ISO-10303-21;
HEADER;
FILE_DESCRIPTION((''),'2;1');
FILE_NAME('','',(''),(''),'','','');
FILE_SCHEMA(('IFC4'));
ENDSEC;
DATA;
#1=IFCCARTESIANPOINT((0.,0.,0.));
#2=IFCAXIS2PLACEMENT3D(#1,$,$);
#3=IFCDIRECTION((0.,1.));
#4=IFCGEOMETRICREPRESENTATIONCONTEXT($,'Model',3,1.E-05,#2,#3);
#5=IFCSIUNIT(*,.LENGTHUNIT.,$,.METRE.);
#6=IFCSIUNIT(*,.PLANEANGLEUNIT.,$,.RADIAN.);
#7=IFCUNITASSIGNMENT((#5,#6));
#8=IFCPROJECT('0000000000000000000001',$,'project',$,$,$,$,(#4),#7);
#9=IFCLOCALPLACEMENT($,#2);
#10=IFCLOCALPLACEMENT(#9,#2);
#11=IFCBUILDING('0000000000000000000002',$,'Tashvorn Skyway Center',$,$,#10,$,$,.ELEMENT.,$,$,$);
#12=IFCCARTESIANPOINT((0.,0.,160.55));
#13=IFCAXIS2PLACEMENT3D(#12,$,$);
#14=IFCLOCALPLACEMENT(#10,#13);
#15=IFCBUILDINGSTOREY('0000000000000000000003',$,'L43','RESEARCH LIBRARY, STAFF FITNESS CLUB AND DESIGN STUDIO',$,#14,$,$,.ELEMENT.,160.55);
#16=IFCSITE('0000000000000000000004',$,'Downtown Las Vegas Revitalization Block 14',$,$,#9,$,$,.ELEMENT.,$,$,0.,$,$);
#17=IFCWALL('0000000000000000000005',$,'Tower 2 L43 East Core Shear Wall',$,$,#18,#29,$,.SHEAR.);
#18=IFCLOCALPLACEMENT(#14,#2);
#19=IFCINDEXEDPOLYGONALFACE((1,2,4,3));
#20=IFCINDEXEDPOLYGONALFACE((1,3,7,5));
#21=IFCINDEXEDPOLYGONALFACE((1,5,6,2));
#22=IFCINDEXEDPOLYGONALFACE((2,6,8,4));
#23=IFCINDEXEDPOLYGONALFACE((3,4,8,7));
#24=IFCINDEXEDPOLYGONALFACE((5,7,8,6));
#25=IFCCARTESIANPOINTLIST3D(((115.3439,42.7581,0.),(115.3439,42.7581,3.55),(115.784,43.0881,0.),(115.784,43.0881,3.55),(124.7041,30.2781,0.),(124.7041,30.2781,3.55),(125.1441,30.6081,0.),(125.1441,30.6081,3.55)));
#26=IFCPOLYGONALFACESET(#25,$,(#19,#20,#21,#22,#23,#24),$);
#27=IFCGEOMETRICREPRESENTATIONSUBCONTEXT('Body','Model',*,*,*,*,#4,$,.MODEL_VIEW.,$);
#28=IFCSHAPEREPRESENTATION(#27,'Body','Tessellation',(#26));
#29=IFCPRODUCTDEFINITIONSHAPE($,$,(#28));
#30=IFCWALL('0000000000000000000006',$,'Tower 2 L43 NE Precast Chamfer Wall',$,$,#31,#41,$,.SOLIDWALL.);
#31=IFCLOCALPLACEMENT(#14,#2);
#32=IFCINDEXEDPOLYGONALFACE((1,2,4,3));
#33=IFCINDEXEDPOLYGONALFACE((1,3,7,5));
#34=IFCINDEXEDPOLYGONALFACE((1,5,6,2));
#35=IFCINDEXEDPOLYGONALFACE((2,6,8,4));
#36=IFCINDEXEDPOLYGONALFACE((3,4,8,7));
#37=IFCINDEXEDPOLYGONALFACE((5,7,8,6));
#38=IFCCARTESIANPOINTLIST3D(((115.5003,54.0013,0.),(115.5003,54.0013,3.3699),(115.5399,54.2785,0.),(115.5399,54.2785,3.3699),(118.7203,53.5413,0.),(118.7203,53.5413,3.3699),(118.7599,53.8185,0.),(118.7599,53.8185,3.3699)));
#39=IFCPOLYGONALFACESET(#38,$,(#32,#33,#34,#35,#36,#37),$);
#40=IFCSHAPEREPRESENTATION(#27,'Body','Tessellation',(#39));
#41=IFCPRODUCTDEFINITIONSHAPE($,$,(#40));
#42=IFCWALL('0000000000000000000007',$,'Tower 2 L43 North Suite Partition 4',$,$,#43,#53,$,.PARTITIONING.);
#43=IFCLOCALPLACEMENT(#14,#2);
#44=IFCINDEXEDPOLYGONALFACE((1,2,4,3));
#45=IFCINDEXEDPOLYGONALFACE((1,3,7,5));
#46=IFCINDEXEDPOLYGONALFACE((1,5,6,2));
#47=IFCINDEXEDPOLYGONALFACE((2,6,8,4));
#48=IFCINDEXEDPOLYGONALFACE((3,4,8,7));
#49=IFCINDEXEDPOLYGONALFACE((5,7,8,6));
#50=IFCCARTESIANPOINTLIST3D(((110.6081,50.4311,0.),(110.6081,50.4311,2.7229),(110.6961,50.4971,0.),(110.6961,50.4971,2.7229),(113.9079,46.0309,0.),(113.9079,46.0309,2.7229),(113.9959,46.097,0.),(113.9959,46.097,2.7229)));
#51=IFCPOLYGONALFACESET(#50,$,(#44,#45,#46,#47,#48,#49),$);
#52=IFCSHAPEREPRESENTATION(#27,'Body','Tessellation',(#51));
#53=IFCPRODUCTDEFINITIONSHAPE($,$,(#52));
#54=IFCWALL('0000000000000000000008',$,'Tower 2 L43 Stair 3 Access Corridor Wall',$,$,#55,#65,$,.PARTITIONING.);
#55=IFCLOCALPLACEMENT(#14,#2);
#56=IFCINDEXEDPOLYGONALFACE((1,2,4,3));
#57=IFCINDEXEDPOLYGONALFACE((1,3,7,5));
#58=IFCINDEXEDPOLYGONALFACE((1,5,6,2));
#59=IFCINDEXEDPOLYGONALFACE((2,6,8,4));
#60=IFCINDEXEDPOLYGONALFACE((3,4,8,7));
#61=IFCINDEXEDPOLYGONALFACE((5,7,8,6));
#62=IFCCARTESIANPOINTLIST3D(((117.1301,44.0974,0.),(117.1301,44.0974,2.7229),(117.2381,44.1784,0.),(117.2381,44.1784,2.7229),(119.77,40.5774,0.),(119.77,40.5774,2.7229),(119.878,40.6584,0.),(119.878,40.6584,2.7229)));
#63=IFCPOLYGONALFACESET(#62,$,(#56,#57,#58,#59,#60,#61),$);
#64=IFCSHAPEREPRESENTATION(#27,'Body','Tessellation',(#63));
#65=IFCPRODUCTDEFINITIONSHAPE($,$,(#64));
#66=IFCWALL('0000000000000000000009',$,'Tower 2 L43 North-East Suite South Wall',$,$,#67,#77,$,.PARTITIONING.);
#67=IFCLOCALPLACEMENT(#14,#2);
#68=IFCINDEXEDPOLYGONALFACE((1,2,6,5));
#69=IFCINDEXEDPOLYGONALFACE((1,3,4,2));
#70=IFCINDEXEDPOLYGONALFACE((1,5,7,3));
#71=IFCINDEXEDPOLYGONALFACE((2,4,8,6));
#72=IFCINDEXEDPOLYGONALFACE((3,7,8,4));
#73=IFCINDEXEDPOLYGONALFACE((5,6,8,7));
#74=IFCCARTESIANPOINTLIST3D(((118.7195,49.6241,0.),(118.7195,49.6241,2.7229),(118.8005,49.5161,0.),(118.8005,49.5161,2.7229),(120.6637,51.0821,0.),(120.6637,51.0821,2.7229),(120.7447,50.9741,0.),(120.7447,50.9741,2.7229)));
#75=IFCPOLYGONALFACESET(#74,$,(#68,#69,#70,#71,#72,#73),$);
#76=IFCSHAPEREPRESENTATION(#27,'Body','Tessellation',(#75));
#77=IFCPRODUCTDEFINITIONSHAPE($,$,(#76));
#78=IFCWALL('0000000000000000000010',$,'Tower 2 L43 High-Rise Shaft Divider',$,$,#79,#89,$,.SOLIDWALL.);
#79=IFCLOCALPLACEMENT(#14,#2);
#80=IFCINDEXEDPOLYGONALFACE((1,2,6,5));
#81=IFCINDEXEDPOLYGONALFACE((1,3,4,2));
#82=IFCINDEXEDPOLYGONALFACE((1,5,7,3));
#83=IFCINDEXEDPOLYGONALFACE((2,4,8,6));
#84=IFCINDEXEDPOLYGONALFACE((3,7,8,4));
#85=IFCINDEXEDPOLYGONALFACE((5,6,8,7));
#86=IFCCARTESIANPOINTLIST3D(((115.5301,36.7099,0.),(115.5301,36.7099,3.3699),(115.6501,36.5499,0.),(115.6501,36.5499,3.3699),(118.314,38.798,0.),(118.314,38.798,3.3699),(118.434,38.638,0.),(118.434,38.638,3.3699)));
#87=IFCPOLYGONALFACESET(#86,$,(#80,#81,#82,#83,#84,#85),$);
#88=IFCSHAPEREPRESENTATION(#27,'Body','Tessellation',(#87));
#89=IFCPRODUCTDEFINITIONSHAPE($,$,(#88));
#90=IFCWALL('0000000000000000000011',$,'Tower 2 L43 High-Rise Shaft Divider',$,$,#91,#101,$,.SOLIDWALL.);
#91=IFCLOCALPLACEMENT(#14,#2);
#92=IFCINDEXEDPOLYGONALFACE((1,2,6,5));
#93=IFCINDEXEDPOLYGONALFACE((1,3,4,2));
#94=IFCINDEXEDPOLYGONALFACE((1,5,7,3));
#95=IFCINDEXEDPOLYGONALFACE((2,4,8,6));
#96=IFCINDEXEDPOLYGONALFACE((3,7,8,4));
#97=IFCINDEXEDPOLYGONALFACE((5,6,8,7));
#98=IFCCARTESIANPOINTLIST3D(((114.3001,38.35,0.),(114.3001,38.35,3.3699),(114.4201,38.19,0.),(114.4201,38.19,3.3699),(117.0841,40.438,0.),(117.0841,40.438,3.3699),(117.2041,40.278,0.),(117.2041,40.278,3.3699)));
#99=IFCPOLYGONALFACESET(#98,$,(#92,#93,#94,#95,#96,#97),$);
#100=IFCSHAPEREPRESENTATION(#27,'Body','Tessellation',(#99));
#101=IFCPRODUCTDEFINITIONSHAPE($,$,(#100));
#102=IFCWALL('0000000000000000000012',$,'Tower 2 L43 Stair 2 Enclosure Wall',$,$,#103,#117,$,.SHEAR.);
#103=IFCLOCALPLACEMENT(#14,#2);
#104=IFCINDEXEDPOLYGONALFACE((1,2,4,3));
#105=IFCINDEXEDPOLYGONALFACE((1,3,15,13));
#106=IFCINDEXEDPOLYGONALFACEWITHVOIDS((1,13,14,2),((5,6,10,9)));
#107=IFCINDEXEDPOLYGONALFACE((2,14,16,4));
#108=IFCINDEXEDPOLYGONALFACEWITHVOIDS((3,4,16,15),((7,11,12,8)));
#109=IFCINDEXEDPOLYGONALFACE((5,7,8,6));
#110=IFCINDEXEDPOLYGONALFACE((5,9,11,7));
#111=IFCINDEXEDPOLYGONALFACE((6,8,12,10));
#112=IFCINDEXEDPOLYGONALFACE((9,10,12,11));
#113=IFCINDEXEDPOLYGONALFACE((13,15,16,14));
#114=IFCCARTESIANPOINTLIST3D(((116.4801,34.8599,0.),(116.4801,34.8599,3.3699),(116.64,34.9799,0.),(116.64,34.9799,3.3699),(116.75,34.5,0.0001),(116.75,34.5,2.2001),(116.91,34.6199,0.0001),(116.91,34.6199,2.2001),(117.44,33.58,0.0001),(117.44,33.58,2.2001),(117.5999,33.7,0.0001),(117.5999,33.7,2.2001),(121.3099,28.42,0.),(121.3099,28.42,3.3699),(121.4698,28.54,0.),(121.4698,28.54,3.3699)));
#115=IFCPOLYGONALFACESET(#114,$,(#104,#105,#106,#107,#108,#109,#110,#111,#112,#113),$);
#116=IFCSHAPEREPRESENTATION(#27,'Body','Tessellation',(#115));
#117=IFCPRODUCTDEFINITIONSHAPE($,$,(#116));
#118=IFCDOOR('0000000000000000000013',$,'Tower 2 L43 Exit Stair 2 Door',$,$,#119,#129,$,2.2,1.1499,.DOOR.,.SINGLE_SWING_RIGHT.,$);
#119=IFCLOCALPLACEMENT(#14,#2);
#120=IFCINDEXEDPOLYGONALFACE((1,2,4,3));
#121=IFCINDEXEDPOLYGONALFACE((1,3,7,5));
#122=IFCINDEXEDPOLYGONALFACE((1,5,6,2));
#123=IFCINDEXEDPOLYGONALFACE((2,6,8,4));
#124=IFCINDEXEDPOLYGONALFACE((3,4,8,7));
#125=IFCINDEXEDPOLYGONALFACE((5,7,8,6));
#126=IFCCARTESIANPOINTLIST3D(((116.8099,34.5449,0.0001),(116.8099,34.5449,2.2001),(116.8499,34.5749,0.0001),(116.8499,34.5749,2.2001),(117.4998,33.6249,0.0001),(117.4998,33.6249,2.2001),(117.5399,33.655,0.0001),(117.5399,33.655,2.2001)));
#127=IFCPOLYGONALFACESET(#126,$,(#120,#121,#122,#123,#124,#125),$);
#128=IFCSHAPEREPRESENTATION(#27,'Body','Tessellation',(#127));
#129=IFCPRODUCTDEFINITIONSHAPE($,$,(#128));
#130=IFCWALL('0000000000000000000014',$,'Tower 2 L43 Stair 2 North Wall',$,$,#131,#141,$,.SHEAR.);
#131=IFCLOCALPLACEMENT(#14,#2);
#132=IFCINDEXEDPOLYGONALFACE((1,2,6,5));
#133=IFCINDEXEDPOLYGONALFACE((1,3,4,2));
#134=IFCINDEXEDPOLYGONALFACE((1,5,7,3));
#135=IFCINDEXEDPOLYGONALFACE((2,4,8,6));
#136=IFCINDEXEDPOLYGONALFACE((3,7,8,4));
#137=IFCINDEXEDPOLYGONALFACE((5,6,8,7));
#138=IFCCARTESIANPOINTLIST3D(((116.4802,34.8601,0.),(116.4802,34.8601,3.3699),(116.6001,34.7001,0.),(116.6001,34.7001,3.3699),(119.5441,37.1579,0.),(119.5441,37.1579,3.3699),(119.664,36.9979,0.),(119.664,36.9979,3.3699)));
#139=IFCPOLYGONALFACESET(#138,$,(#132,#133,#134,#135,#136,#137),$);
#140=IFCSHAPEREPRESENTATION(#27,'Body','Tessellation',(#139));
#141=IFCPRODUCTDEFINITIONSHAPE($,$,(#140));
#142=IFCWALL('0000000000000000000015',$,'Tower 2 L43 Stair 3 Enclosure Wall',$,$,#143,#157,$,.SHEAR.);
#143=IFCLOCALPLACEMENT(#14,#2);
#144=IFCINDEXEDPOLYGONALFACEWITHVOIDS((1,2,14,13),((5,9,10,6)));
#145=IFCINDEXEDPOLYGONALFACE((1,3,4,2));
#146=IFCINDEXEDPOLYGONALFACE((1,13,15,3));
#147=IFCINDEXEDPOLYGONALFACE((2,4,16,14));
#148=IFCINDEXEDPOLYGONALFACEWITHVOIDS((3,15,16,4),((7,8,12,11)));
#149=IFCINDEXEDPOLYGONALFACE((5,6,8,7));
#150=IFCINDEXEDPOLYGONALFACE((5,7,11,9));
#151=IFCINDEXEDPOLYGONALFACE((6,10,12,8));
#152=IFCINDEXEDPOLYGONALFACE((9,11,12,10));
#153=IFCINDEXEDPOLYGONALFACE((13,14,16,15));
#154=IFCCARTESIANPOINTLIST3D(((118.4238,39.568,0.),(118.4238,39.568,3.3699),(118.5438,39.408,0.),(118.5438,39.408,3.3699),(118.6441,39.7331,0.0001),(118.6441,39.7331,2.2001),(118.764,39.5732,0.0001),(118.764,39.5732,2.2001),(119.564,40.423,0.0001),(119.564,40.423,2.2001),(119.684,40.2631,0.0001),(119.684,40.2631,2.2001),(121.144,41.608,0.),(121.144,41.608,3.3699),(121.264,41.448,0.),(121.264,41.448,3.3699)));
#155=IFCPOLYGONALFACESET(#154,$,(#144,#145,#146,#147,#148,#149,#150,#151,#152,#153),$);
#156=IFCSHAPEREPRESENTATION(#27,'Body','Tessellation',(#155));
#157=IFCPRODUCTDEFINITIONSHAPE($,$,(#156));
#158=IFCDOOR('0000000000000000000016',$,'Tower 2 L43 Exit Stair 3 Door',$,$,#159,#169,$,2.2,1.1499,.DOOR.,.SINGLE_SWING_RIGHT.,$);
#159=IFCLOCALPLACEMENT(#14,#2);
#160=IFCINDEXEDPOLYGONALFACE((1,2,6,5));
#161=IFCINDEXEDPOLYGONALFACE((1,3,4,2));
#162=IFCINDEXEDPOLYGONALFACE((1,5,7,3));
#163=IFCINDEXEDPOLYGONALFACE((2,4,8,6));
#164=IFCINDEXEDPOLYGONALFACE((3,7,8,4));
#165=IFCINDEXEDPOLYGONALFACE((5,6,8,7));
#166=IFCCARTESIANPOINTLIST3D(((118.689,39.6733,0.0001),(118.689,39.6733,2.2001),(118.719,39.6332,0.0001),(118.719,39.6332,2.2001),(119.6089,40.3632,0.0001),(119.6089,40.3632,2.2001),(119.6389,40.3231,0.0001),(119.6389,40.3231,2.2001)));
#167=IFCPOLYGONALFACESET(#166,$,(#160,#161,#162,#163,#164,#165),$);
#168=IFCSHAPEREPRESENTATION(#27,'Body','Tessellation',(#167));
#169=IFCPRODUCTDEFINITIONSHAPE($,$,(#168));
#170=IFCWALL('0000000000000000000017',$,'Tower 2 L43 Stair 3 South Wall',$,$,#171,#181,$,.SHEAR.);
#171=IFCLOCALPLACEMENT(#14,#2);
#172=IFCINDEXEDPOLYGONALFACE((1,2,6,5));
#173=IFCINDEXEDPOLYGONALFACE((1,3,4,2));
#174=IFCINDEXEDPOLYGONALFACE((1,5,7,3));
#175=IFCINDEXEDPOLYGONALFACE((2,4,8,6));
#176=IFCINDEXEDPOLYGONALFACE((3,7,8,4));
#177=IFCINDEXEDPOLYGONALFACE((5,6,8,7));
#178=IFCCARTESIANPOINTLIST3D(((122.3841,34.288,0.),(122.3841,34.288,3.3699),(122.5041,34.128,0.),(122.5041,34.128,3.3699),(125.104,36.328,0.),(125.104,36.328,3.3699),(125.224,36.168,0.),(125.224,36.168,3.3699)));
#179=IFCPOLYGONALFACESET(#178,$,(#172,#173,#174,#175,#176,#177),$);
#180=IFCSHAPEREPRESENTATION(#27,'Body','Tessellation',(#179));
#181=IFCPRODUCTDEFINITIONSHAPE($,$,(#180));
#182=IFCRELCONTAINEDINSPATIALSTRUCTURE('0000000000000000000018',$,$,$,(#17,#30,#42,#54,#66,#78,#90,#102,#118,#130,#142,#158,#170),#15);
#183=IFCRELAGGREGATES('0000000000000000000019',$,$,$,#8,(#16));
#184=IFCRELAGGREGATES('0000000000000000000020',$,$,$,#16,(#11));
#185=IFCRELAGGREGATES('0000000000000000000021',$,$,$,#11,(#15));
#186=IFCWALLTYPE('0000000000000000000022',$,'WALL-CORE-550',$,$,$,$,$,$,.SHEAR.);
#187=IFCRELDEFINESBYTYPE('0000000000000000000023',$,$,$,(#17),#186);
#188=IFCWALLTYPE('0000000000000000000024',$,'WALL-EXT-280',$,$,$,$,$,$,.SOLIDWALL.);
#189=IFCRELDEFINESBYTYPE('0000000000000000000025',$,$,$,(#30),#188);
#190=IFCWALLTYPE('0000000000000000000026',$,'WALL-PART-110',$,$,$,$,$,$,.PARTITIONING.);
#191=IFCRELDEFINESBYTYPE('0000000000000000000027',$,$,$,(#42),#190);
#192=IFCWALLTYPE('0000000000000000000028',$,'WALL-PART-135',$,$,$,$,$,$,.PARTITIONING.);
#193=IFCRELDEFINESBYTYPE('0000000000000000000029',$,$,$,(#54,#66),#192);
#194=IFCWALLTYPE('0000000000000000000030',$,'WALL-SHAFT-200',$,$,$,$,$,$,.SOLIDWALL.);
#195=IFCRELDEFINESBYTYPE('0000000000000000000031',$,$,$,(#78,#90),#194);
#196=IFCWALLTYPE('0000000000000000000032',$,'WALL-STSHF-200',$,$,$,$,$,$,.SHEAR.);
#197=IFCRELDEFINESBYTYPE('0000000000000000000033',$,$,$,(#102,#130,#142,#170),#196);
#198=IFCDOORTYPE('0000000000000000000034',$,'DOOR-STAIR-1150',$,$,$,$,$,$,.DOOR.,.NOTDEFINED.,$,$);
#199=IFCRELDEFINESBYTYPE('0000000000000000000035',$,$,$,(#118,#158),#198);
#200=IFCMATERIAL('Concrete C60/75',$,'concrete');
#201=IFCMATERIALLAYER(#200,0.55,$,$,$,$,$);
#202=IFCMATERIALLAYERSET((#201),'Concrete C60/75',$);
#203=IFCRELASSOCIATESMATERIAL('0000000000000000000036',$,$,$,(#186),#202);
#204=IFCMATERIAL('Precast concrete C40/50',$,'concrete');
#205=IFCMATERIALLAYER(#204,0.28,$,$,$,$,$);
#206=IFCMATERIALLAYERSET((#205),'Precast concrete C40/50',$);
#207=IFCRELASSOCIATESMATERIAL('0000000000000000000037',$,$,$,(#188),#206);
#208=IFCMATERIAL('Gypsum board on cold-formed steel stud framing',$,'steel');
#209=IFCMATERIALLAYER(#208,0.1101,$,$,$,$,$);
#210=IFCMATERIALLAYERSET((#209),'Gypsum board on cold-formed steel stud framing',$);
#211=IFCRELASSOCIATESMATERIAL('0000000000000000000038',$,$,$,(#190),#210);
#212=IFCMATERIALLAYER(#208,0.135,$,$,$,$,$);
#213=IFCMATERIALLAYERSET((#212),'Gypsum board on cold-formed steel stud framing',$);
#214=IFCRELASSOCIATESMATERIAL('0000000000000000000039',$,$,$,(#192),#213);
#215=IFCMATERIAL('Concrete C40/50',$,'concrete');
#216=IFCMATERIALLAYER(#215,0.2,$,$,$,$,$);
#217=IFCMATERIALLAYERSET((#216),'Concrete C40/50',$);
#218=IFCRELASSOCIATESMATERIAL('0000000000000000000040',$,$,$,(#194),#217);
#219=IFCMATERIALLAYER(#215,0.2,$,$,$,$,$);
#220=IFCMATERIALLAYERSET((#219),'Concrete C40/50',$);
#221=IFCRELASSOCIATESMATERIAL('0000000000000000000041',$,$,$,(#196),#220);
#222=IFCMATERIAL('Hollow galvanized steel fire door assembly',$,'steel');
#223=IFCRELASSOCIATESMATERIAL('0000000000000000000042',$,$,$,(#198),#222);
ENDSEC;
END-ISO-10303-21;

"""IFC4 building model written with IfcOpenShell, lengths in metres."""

from ifc_helpers import new_model, si_unit, direction, frame, frame_2d, origin, place, context, subcontext, project, spatial, rectangle, extrude, material, layer, layer_set, type_object, element, fill, save


model = new_model("IFC4")

# Units and contexts
model_context = context("Model", 3, precision=1e-05, world=origin(), true_north=direction((0.0, 1.0)))
body_context = subcontext(model_context, "Body", "Model", "MODEL_VIEW")
ifc_project = project(units=[si_unit("LENGTHUNIT", "METRE"), si_unit("PLANEANGLEUNIT", "RADIAN")], contexts=[model_context])

# Site, building, storey
site_placement = place(None, origin())
site = spatial("IfcSite", under=ifc_project, at=site_placement, Name="Downtown Las Vegas Revitalization Block 14", CompositionType="ELEMENT", RefElevation=0.0)
building_placement = place(site_placement, origin())
building = spatial("IfcBuilding", under=site, at=building_placement, Name="Tashvorn Skyway Center", CompositionType="ELEMENT")
storey_placement = place(building_placement, frame((0.0, 0.0, 160.55)))
storey = spatial("IfcBuildingStorey", under=building, at=storey_placement, Name="L43", Description="RESEARCH LIBRARY, STAFF FITNESS CLUB AND DESIGN STUDIO", CompositionType="ELEMENT", Elevation=160.55)

# Walls
ifc_material_1 = material(Name="Concrete C60/75", Category="concrete")
ifc_layer_1 = layer(ifc_material_1, 0.55)
ifc_layer_set_1 = layer_set([ifc_layer_1], Name="Concrete C60/75")
wall_type_1 = type_object("IfcWallType", Name="WALL-CORE-550", PredefinedType="SHEAR", material=ifc_layer_set_1)
wall_1_placement = place(storey_placement, frame((115.564, 42.9231, 0.0), z_axis=(0.0, 0.0, 1.0), x_axis=(0.600005, -0.799996, 0.0)))
element("IfcWall", 1, at=wall_1_placement, inside=storey, type_object=wall_type_1, Name="Tower 2 L43 East Core Shear Wall", PredefinedType="SHEAR", context=body_context, shape_type="SweptSolid", body=[
    extrude(rectangle(XDim=15.6001, YDim=0.55, at=frame_2d((7.8, 0.0))), origin(), (0.0, 0.0, 1.0), 3.55),
])
ifc_material_2 = material(Name="Precast concrete C40/50", Category="concrete")
ifc_layer_2 = layer(ifc_material_2, 0.28)
ifc_layer_set_2 = layer_set([ifc_layer_2], Name="Precast concrete C40/50")
wall_type_2 = type_object("IfcWallType", Name="WALL-EXT-280", PredefinedType="SOLIDWALL", material=ifc_layer_set_2)
wall_2_placement = place(storey_placement, frame((115.52, 54.1399, 0.0), z_axis=(0.0, 0.0, 1.0), x_axis=(0.989951, -0.141411, 0.0)))
element("IfcWall", 2, at=wall_2_placement, inside=storey, type_object=wall_type_2, Name="Tower 2 L43 NE Precast Chamfer Wall", PredefinedType="SOLIDWALL", context=body_context, shape_type="SweptSolid", body=[
    extrude(rectangle(XDim=3.2527, YDim=0.28, at=frame_2d((1.6265, 0.0))), origin(), (0.0, 0.0, 1.0), 3.3699),
])
ifc_material_3 = material(Name="Gypsum board on cold-formed steel stud framing", Category="steel")
ifc_layer_3 = layer(ifc_material_3, 0.1101)
ifc_layer_set_3 = layer_set([ifc_layer_3], Name="Gypsum board on cold-formed steel stud framing")
wall_type_3 = type_object("IfcWallType", Name="WALL-PART-110", PredefinedType="PARTITIONING", material=ifc_layer_set_3)
wall_3_placement = place(storey_placement, frame((113.9519, 46.064, 0.0), z_axis=(0.0, 0.0, 1.0), x_axis=(-0.599964, 0.800027, 0.0)))
element("IfcWall", 3, at=wall_3_placement, inside=storey, type_object=wall_type_3, Name="Tower 2 L43 North Suite Partition 4", PredefinedType="PARTITIONING", context=body_context, shape_type="SweptSolid", body=[
    extrude(rectangle(XDim=5.5, YDim=0.1101, at=frame_2d((2.75, 0.0))), origin(), (0.0, 0.0, 1.0), 2.7229),
])
ifc_layer_4 = layer(ifc_material_3, 0.135)
ifc_layer_set_4 = layer_set([ifc_layer_4], Name="Gypsum board on cold-formed steel stud framing")
wall_type_4 = type_object("IfcWallType", Name="WALL-PART-135", PredefinedType="PARTITIONING", material=ifc_layer_set_4)
wall_4_placement = place(storey_placement, frame((119.824, 40.6179, 0.0), z_axis=(0.0, 0.0, 1.0), x_axis=(-0.599982, 0.800013, 0.0)))
element("IfcWall", 4, at=wall_4_placement, inside=storey, type_object=wall_type_4, Name="Tower 2 L43 Stair 3 Access Corridor Wall", PredefinedType="PARTITIONING", context=body_context, shape_type="SweptSolid", body=[
    extrude(rectangle(XDim=4.3999, YDim=0.135, at=frame_2d((2.2, 0.0))), origin(), (0.0, 0.0, 1.0), 2.7229),
])
wall_5_placement = place(storey_placement, frame((118.76, 49.5701, 0.0), z_axis=(0.0, 0.0, 1.0), x_axis=(0.800012, 0.599984, 0.0)))
element("IfcWall", 5, at=wall_5_placement, inside=storey, type_object=wall_type_4, Name="Tower 2 L43 North-East Suite South Wall", PredefinedType="PARTITIONING", context=body_context, shape_type="SweptSolid", body=[
    extrude(rectangle(XDim=2.4302, YDim=0.135, at=frame_2d((1.2151, 0.0))), origin(), (0.0, 0.0, 1.0), 2.7229),
])
ifc_material_4 = material(Name="Concrete C40/50", Category="concrete")
ifc_layer_5 = layer(ifc_material_4, 0.2)
ifc_layer_set_5 = layer_set([ifc_layer_5], Name="Concrete C40/50")
wall_type_5 = type_object("IfcWallType", Name="WALL-SHAFT-200", PredefinedType="SOLIDWALL", material=ifc_layer_set_5)
for number, where, z_axis, x_axis, name in (
    (6, (115.5901, 36.6299, 0.0), (0.0, 0.0, 1.0), (0.799975, 0.600034, 0.0), "Tower 2 L43 High-Rise Shaft Divider"),
    (7, (114.3601, 38.27, 0.0), (0.0, 0.0, 1.0), (0.800008, 0.599989, 0.0), "Tower 2 L43 High-Rise Shaft Divider"),
):
    element("IfcWall", number, at=place(storey_placement, frame(where, z_axis=z_axis, x_axis=x_axis)), inside=storey, type_object=wall_type_5, Name=name, PredefinedType="SOLIDWALL", context=body_context, shape_type="SweptSolid", body=[
        extrude(rectangle(XDim=3.48, YDim=0.2, at=frame_2d((1.74, 0.0))), origin(), (0.0, 0.0, 1.0), 3.3699),
    ])

# Wall, opening, door
ifc_layer_6 = layer(ifc_material_4, 0.2)
ifc_layer_set_6 = layer_set([ifc_layer_6], Name="Concrete C40/50")
wall_type_6 = type_object("IfcWallType", Name="WALL-STSHF-200", PredefinedType="SHEAR", material=ifc_layer_set_6)
wall_6_placement = place(storey_placement, frame((116.5601, 34.9199, 0.0), z_axis=(0.0, 0.0, 1.0), x_axis=(0.59999, -0.800007, 0.0)))
wall_6 = element("IfcWall", 8, at=wall_6_placement, inside=storey, type_object=wall_type_6, Name="Tower 2 L43 Stair 2 Enclosure Wall", PredefinedType="SHEAR", context=body_context, shape_type="SweptSolid", body=[
    extrude(rectangle(XDim=8.0498, YDim=0.2, at=frame_2d((4.0249, 0.0))), origin(), (0.0, 0.0, 1.0), 3.3699),
])
opening_1_placement = place(wall_6_placement, frame((0.45, 0.0, 0.0)))
opening_1 = element("IfcOpeningElement", 9, at=opening_1_placement, cuts=wall_6, PredefinedType="OPENING", context=body_context, shape_type="SweptSolid", body=[
    extrude(rectangle(XDim=1.1499, YDim=2.2, at=frame_2d((0.575, 1.1001))), frame((0.0, 0.1099, 0.0), z_axis=(0.0, -1.0, 0.0), x_axis=(1.0, 0.0, 0.0)), (0.0, 0.0, 1.0), 0.22),
])
ifc_material_5 = material(Name="Hollow galvanized steel fire door assembly", Category="steel")
door_type = type_object("IfcDoorType", Name="DOOR-STAIR-1150", OperationType="NOTDEFINED", PredefinedType="DOOR", material=ifc_material_5)
door_1_placement = place(opening_1_placement, origin())
door_1 = element("IfcDoor", 10, at=door_1_placement, inside=storey, type_object=door_type, Name="Tower 2 L43 Exit Stair 2 Door", OperationType="SINGLE_SWING_RIGHT", OverallHeight=2.2, OverallWidth=1.1499, PredefinedType="DOOR", context=body_context, shape_type="SweptSolid", body=[
    extrude(rectangle(XDim=1.1499, YDim=2.2, at=frame_2d((0.575, 1.1001))), frame((0.0, 0.0249, 0.0), z_axis=(0.0, -1.0, 0.0), x_axis=(1.0, 0.0, 0.0)), (0.0, 0.0, 1.0), 0.05),
])
fill(opening_1, door_1)

# Wall
wall_7_placement = place(storey_placement, frame((116.54, 34.78, 0.0), z_axis=(0.0, 0.0, 1.0), x_axis=(0.800015, 0.59998, 0.0)))
element("IfcWall", 11, at=wall_7_placement, inside=storey, type_object=wall_type_6, Name="Tower 2 L43 Stair 2 North Wall", PredefinedType="SHEAR", context=body_context, shape_type="SweptSolid", body=[
    extrude(rectangle(XDim=3.8298, YDim=0.2, at=frame_2d((1.915, 0.0))), origin(), (0.0, 0.0, 1.0), 3.3699),
])

# Wall, opening, door
wall_8_placement = place(storey_placement, frame((121.2041, 41.5281, 0.0), z_axis=(0.0, 0.0, 1.0), x_axis=(-0.800017, -0.599977, 0.0)))
wall_8 = element("IfcWall", 12, at=wall_8_placement, inside=storey, type_object=wall_type_6, Name="Tower 2 L43 Stair 3 Enclosure Wall", PredefinedType="SHEAR", context=body_context, shape_type="SweptSolid", body=[
    extrude(rectangle(XDim=3.4001, YDim=0.2, at=frame_2d((1.7002, 0.0))), origin(), (0.0, 0.0, 1.0), 3.3699),
])
opening_2_placement = place(wall_8_placement, frame((1.9751, 0.0, 0.0)))
opening_2 = element("IfcOpeningElement", 13, at=opening_2_placement, cuts=wall_8, PredefinedType="OPENING", context=body_context, shape_type="SweptSolid", body=[
    extrude(rectangle(XDim=1.1499, YDim=2.2, at=frame_2d((0.575, 1.1001))), frame((0.0, 0.1099, 0.0), z_axis=(0.0, -1.0, 0.0), x_axis=(1.0, 0.0, 0.0)), (0.0, 0.0, 1.0), 0.22),
])
door_2_placement = place(opening_2_placement, origin())
door_2 = element("IfcDoor", 14, at=door_2_placement, inside=storey, type_object=door_type, Name="Tower 2 L43 Exit Stair 3 Door", OperationType="SINGLE_SWING_RIGHT", OverallHeight=2.2, OverallWidth=1.1499, PredefinedType="DOOR", context=body_context, shape_type="SweptSolid", body=[
    extrude(rectangle(XDim=1.1499, YDim=2.2, at=frame_2d((0.575, 1.1001))), frame((0.0, 0.0249, 0.0), z_axis=(0.0, -1.0, 0.0), x_axis=(1.0, 0.0, 0.0)), (0.0, 0.0, 1.0), 0.05),
])
fill(opening_2, door_2)

# Wall
wall_9_placement = place(storey_placement, frame((122.4441, 34.208, 0.0), z_axis=(0.0, 0.0, 1.0), x_axis=(0.799991, 0.600011, 0.0)))
element("IfcWall", 15, at=wall_9_placement, inside=storey, type_object=wall_type_6, Name="Tower 2 L43 Stair 3 South Wall", PredefinedType="SHEAR", context=body_context, shape_type="SweptSolid", body=[
    extrude(rectangle(XDim=3.3999, YDim=0.2, at=frame_2d((1.7, 0.0))), origin(), (0.0, 0.0, 1.0), 3.3699),
])

save(model, "model.ifc")
